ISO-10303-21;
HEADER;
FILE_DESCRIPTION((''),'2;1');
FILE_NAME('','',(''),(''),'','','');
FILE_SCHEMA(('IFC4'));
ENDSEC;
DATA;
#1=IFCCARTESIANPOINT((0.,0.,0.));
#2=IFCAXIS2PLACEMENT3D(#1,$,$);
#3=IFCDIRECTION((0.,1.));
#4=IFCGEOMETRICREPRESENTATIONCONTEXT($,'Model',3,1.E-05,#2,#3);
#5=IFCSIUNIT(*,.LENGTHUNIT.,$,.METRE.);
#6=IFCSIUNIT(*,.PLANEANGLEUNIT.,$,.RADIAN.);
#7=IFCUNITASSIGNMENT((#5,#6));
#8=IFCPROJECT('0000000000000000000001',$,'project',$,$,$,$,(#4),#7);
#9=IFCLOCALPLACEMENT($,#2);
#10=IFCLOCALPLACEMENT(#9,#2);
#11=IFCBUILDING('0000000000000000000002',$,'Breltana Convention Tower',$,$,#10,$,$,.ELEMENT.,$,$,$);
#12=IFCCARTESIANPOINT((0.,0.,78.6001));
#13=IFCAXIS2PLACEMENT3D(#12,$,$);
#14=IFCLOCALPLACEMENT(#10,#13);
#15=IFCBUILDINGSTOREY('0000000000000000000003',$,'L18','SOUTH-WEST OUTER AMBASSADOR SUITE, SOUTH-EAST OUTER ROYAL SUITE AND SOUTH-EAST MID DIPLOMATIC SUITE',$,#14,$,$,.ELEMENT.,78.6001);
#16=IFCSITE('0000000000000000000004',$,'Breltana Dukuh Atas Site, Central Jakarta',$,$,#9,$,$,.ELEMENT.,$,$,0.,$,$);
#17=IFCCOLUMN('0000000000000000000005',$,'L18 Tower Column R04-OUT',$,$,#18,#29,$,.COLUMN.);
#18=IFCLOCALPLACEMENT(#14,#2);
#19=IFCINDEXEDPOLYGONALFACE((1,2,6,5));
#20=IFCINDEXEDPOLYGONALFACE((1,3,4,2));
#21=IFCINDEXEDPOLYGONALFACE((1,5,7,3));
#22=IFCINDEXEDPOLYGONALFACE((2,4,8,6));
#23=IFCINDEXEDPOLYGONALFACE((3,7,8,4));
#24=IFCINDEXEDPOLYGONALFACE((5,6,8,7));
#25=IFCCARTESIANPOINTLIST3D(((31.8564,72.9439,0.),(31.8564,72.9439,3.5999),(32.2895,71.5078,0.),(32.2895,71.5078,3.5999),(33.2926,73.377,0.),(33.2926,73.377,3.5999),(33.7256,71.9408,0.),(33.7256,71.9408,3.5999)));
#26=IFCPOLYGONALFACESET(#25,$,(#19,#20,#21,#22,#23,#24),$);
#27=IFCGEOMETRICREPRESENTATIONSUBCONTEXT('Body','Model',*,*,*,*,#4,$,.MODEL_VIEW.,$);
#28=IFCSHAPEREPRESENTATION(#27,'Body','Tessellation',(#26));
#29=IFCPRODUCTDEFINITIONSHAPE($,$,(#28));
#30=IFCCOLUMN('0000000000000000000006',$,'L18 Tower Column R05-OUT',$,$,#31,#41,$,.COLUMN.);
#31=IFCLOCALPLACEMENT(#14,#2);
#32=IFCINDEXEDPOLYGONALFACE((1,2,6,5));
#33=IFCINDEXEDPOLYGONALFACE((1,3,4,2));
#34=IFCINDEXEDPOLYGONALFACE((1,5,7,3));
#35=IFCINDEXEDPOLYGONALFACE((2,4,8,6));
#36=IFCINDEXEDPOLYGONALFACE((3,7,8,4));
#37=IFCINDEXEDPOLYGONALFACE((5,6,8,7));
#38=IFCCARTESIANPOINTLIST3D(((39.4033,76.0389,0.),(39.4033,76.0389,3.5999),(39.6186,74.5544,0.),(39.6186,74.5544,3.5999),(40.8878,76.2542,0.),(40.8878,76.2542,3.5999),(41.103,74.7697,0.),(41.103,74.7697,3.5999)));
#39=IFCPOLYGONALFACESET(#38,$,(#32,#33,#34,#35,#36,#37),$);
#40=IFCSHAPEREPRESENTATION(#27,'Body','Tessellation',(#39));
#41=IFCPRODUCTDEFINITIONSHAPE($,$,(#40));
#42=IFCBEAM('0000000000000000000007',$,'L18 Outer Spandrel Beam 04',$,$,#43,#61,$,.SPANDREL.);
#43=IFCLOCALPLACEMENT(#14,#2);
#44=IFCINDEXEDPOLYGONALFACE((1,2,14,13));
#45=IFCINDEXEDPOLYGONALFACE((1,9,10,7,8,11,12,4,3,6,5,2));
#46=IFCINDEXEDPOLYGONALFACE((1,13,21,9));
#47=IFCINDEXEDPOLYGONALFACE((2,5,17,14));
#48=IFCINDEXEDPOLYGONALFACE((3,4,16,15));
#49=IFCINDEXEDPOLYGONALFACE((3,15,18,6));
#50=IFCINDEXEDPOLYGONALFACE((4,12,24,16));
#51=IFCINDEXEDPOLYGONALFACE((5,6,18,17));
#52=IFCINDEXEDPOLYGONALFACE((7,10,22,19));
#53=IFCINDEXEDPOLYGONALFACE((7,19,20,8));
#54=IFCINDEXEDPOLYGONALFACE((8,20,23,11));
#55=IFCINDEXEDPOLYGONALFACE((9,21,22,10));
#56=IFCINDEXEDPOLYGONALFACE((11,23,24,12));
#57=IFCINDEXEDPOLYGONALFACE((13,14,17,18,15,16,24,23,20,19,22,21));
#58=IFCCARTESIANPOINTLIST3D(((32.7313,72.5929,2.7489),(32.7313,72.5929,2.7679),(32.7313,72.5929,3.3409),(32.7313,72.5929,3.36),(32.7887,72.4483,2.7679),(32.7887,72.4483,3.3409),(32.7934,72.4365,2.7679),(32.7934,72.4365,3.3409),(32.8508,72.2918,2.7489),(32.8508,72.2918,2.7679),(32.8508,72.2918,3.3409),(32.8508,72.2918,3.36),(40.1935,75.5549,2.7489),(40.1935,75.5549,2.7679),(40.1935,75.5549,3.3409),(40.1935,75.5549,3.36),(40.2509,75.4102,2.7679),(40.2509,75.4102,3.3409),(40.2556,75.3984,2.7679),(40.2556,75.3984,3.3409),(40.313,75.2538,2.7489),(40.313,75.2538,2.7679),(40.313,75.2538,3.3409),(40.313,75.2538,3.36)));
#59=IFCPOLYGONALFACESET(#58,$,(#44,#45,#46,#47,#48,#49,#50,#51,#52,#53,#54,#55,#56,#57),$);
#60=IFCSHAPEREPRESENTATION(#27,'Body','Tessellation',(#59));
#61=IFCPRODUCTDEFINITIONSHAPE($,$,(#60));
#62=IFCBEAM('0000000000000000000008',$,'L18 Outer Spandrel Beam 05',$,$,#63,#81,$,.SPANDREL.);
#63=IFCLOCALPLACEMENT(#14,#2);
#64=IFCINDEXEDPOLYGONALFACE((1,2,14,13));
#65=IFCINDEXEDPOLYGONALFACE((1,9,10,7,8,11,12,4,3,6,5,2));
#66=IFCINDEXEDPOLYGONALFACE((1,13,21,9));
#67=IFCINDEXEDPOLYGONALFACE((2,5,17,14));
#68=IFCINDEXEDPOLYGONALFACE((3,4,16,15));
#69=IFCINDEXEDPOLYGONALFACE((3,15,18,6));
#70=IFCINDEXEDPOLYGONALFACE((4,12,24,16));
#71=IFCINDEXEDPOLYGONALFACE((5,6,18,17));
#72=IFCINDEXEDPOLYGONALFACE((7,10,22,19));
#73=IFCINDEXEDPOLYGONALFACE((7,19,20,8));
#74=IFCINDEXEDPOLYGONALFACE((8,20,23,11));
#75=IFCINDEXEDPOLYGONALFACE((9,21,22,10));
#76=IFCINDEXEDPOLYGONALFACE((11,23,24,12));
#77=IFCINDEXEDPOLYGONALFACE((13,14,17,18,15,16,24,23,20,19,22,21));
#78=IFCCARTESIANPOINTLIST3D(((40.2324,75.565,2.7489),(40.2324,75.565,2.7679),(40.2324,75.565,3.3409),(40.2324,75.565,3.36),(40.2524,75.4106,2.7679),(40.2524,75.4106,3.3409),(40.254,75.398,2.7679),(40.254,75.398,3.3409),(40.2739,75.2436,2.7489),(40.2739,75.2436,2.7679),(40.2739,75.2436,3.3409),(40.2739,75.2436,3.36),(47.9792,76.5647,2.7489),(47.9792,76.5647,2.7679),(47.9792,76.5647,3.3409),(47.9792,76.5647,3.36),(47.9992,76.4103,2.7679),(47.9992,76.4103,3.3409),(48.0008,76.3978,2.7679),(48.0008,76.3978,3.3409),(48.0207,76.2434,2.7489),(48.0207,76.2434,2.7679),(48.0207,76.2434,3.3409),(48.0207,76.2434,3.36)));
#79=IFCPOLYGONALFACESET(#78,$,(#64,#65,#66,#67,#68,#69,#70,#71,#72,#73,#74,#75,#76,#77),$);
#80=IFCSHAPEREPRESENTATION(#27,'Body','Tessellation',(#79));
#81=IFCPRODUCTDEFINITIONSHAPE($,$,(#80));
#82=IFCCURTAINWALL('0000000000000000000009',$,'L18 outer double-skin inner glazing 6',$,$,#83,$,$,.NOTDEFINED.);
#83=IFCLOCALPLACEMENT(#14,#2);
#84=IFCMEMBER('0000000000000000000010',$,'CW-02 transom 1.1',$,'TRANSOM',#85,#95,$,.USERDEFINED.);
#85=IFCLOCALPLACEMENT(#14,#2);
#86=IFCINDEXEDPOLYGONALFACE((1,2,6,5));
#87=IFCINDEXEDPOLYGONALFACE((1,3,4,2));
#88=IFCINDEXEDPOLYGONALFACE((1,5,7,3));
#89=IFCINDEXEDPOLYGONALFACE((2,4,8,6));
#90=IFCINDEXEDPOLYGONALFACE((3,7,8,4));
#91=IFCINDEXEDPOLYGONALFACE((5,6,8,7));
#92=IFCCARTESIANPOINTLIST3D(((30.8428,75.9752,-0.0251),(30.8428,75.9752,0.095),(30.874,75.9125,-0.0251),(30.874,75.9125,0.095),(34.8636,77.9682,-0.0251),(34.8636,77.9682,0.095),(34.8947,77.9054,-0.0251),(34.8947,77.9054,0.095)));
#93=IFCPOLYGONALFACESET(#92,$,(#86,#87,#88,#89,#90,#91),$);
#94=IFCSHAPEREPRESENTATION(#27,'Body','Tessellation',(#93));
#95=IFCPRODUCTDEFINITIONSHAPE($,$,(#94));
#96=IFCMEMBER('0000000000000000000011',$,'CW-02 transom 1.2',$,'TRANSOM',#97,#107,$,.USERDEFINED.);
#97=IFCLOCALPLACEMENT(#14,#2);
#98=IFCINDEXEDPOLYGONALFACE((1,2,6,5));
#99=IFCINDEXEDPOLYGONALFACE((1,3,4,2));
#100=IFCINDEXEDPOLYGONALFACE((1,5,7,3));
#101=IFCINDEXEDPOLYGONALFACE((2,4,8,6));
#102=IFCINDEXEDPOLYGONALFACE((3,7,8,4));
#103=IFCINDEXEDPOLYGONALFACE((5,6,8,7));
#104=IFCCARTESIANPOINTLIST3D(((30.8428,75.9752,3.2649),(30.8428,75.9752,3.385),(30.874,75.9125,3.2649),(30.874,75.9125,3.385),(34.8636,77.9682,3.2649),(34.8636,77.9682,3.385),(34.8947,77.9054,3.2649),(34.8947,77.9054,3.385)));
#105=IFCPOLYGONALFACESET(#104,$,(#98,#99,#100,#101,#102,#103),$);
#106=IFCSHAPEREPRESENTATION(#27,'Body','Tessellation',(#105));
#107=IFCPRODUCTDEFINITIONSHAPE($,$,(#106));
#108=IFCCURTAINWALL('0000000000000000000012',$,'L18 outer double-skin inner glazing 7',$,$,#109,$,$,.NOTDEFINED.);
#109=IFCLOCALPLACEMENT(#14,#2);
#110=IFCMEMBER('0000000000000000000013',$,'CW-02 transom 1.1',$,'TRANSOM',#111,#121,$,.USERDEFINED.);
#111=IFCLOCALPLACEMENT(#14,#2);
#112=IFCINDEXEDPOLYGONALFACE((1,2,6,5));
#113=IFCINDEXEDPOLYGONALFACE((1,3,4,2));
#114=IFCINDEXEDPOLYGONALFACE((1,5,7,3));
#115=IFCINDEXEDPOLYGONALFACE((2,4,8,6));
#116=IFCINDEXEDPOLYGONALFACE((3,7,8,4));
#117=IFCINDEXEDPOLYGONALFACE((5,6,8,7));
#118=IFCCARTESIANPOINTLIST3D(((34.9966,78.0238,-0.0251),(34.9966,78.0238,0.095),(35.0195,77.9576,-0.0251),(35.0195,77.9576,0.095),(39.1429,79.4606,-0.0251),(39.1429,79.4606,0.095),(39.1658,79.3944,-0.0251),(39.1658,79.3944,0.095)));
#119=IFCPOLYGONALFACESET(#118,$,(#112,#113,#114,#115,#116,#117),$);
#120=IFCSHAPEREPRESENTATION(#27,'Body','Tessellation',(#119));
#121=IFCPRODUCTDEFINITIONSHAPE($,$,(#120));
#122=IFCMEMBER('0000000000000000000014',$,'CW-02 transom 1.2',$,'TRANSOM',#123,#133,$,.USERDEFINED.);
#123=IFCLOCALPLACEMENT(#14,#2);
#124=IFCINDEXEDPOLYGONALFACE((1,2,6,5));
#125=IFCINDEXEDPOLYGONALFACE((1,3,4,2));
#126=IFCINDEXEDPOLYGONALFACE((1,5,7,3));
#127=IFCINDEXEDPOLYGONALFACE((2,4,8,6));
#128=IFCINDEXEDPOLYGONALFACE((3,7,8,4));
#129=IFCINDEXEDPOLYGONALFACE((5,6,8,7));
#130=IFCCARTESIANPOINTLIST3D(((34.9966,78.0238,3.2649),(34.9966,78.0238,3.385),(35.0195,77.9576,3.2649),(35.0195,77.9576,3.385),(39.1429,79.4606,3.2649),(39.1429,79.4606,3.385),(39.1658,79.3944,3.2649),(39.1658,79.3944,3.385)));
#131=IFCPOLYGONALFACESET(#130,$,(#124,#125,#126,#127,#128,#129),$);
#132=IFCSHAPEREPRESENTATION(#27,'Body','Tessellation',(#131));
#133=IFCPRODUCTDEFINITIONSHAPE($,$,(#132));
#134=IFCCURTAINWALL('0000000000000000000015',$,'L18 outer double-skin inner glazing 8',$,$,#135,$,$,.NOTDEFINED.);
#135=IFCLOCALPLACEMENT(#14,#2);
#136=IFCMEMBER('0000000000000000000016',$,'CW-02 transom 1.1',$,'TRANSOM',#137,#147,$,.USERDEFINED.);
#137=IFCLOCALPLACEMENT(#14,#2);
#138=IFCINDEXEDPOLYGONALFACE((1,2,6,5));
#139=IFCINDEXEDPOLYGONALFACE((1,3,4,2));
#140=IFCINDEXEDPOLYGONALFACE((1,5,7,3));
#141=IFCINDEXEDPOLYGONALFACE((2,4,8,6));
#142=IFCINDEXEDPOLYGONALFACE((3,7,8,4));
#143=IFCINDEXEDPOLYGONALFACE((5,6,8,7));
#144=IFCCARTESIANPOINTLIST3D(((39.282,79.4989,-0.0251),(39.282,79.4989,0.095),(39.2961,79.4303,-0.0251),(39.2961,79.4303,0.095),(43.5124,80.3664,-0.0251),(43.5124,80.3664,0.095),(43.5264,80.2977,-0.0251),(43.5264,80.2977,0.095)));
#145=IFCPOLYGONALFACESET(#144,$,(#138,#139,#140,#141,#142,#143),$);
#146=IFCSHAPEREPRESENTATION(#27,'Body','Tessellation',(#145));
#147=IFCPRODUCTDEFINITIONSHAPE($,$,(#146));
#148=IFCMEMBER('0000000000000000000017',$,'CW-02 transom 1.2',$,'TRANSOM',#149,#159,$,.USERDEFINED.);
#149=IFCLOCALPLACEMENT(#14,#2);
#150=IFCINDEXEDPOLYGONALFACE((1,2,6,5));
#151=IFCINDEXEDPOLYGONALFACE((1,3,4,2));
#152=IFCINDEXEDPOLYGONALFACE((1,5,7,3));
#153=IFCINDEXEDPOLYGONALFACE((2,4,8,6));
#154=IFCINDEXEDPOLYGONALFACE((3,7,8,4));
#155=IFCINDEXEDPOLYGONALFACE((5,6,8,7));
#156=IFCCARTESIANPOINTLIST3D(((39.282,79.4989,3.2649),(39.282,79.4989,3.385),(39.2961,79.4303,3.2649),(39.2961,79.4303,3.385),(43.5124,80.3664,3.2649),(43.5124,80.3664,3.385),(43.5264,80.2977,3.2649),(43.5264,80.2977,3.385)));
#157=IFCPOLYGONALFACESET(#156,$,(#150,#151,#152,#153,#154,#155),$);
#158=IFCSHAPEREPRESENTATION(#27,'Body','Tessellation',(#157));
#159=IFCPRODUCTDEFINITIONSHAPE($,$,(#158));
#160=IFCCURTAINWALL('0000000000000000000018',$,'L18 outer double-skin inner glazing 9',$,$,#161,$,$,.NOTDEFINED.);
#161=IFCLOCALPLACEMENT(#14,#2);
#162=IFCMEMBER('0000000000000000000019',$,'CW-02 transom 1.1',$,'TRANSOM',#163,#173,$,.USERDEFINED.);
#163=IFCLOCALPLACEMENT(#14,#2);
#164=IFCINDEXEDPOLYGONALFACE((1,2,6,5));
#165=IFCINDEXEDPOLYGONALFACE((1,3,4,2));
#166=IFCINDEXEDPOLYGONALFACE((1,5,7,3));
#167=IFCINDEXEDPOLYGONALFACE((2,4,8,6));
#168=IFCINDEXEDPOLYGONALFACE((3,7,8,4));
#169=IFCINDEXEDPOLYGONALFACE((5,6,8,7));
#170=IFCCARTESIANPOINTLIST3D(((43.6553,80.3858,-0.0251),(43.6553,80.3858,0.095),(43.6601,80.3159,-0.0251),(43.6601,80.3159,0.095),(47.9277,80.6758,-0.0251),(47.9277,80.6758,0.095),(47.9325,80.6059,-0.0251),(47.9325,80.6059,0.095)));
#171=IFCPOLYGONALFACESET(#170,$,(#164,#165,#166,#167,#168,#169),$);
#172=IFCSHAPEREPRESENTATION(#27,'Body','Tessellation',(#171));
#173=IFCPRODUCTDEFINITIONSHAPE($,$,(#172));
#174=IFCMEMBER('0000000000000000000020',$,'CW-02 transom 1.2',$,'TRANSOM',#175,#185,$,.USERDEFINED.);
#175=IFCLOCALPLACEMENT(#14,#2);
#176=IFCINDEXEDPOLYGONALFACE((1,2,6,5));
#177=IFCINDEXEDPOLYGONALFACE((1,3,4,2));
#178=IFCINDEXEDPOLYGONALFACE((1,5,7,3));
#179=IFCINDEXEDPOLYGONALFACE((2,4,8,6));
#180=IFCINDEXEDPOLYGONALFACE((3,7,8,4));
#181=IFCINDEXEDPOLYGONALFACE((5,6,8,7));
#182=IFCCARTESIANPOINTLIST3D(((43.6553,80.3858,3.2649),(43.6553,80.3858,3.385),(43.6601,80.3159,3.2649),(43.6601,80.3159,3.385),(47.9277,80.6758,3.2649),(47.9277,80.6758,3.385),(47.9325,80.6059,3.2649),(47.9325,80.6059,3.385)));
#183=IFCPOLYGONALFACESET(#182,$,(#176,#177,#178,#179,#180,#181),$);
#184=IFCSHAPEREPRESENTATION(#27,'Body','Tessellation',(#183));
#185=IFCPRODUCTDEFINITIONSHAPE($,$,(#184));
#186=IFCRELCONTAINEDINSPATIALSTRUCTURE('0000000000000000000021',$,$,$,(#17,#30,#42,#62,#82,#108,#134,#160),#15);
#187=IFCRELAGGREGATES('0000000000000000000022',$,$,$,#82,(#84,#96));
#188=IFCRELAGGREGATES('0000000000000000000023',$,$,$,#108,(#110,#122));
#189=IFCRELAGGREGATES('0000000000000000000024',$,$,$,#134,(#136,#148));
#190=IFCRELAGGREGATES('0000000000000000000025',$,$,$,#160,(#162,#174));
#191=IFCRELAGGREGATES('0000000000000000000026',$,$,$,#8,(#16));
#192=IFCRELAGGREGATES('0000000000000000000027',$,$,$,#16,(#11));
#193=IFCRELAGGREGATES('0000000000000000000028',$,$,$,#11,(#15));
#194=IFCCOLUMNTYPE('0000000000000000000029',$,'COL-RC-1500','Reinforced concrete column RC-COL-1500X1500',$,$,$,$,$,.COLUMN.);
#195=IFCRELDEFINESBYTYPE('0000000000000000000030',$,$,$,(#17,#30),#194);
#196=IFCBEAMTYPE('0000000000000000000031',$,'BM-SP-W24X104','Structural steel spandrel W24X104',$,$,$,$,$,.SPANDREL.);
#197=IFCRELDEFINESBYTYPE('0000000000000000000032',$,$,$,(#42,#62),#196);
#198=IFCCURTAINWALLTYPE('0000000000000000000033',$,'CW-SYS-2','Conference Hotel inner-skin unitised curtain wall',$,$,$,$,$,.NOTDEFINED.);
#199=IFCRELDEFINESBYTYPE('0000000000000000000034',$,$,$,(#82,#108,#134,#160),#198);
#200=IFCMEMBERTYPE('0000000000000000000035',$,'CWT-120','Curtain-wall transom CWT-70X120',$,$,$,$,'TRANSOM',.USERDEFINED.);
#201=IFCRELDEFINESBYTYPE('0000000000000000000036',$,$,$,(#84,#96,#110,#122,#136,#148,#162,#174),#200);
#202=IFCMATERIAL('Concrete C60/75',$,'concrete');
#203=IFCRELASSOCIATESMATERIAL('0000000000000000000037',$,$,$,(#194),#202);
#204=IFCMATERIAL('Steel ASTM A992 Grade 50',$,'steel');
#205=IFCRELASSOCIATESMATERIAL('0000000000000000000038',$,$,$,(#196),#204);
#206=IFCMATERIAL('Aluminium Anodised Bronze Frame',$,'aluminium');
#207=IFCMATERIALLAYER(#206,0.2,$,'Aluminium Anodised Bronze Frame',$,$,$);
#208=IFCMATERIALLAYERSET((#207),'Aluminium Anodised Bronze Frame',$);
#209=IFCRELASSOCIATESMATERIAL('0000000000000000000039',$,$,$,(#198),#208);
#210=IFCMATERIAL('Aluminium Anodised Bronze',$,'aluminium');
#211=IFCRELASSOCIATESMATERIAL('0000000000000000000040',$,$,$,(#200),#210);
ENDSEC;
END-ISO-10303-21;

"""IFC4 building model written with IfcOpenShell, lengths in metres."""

from ifc_helpers import new_model, si_unit, direction, frame, origin, origin_2d, place, context, subcontext, project, spatial, rectangle, i_section, extrude, source, transform, mapped, material, layer, layer_set, material_profile, profile_set, type_object, element, aggregate, save


model = new_model("IFC4")

# Units and contexts
model_context = context("Model", 3, precision=1e-05, world=origin(), true_north=direction((0.0, 1.0)))
body_context = subcontext(model_context, "Body", "Model", "MODEL_VIEW")
ifc_project = project(units=[si_unit("LENGTHUNIT", "METRE"), si_unit("PLANEANGLEUNIT", "RADIAN")], contexts=[model_context])

# Site, building, storey
site_placement = place(None, origin())
site = spatial("IfcSite", under=ifc_project, at=site_placement, Name="Breltana Dukuh Atas Site, Central Jakarta", CompositionType="ELEMENT", RefElevation=0.0)
building_placement = place(site_placement, origin())
building = spatial("IfcBuilding", under=site, at=building_placement, Name="Breltana Convention Tower", CompositionType="ELEMENT")
storey_placement = place(building_placement, frame((0.0, 0.0, 78.6001)))
storey = spatial("IfcBuildingStorey", under=building, at=storey_placement, Name="L18", Description="SOUTH-WEST OUTER AMBASSADOR SUITE, SOUTH-EAST OUTER ROYAL SUITE AND SOUTH-EAST MID DIPLOMATIC SUITE", CompositionType="ELEMENT", Elevation=78.6001)

# Columns
ifc_material_1 = material(Name="Concrete C60/75", Category="concrete")
ifc_material_profile_1 = material_profile(ifc_material_1, rectangle(XDim=1.5, YDim=1.5, at=origin_2d()), Name="RC-COL-1500X1500")
ifc_profile_set_1 = profile_set([ifc_material_profile_1], Name="Concrete C60/75")
column_type = type_object("IfcColumnType", Name="COL-RC-1500", Description="Reinforced concrete column RC-COL-1500X1500", PredefinedType="COLUMN", material=ifc_profile_set_1)
shared_shape_1 = source(origin(), body_context, "Body", "SweptSolid", [
    extrude(rectangle(XDim=1.5, YDim=1.5, at=origin_2d()), origin(), (0.0, 0.0, 1.0), 3.5999),
])
for number, where, z_axis, x_axis, name in (
    (1, (32.791, 72.4424, 0.0), (0.0, 0.0, 1.0), (-0.288698, 0.95742, 0.0), "L18 Tower Column R04-OUT"),
    (2, (40.2532, 75.4043, 0.0), (0.0, 0.0, 1.0), (-0.143493, 0.989651, 0.0), "L18 Tower Column R05-OUT"),
):
    element("IfcColumn", number, at=place(storey_placement, frame(where, z_axis=z_axis, x_axis=x_axis)), inside=storey, type_object=column_type, Name=name, PredefinedType="COLUMN", context=body_context, shape_type="MappedRepresentation", body=[
        mapped(shared_shape_1, transform((0.0, 0.0, 0.0), scale=1.0)),
    ])

# Beams
ifc_material_2 = material(Name="Steel ASTM A992 Grade 50", Category="steel")
ifc_material_profile_2 = material_profile(ifc_material_2, i_section(OverallWidth=0.324, OverallDepth=0.6111, WebThickness=0.0127, FlangeThickness=0.019, at=origin_2d()), Name="W24X104")
ifc_profile_set_2 = profile_set([ifc_material_profile_2], Name="Steel ASTM A992 Grade 50")
beam_type = type_object("IfcBeamType", Name="BM-SP-W24X104", Description="Structural steel spandrel W24X104", PredefinedType="SPANDREL", material=ifc_profile_set_2)
shared_shape_2 = source(origin(), body_context, "Body", "SweptSolid", [
    extrude(i_section(OverallWidth=0.324, OverallDepth=0.6111, WebThickness=0.0127, FlangeThickness=0.019, at=origin_2d()), origin(), (0.0, 0.0, 1.0), 8.0286),
])
beam_1_placement = place(storey_placement, frame((32.791, 72.4424, 3.0544), z_axis=(0.929459, 0.368925, 0.0), x_axis=(-0.368925, 0.929459, 0.0)))
element("IfcBeam", 3, at=beam_1_placement, inside=storey, type_object=beam_type, Name="L18 Outer Spandrel Beam 04", PredefinedType="SPANDREL", context=body_context, shape_type="MappedRepresentation", body=[
    mapped(shared_shape_2, transform((0.0, 0.0, 0.0), scale=1.0)),
])
shared_shape_3 = source(origin(), body_context, "Body", "SweptSolid", [
    extrude(i_section(OverallWidth=0.324, OverallDepth=0.6111, WebThickness=0.0127, FlangeThickness=0.019, at=origin_2d()), origin(), (0.0, 0.0, 1.0), 7.811),
])
beam_2_placement = place(storey_placement, frame((40.2532, 75.4043, 3.0544), z_axis=(0.991775, 0.127992, 0.0), x_axis=(-0.127992, 0.991775, 0.0)))
element("IfcBeam", 4, at=beam_2_placement, inside=storey, type_object=beam_type, Name="L18 Outer Spandrel Beam 05", PredefinedType="SPANDREL", context=body_context, shape_type="MappedRepresentation", body=[
    mapped(shared_shape_3, transform((0.0, 0.0, 0.0), scale=1.0)),
])

# Curtain walls, members
ifc_material_3 = material(Name="Aluminium Anodised Bronze Frame", Category="aluminium")
ifc_layer_1 = layer(ifc_material_3, 0.2, Name="Aluminium Anodised Bronze Frame")
ifc_layer_set_1 = layer_set([ifc_layer_1], Name="Aluminium Anodised Bronze Frame")
curtain_wall_type = type_object("IfcCurtainWallType", Name="CW-SYS-2", Description="Conference Hotel inner-skin unitised curtain wall", PredefinedType="NOTDEFINED", material=ifc_layer_set_1)
curtain_wall_1_placement = place(storey_placement, origin())
curtain_wall_1 = element("IfcCurtainWall", 5, at=curtain_wall_1_placement, inside=storey, type_object=curtain_wall_type, Name="L18 outer double-skin inner glazing 6", PredefinedType="NOTDEFINED")
ifc_material_4 = material(Name="Aluminium Anodised Bronze", Category="aluminium")
ifc_material_profile_3 = material_profile(ifc_material_4, rectangle(XDim=0.0701, YDim=0.1201, at=origin_2d()), Name="CWT-70X120")
ifc_profile_set_3 = profile_set([ifc_material_profile_3], Name="Aluminium Anodised Bronze")
member_type_1 = type_object("IfcMemberType", Name="CWT-120", Description="Curtain-wall transom CWT-70X120", ElementType="TRANSOM", PredefinedType="USERDEFINED", material=ifc_profile_set_3)
shared_shape_4 = source(origin(), body_context, "Body", "SweptSolid", [
    extrude(rectangle(XDim=0.0701, YDim=0.1201, at=origin_2d()), origin(), (0.0, 0.0, 1.0), 4.4875),
])
member_1_placement = place(storey_placement, frame((30.8584, 75.9438, 0.0349), z_axis=(0.895978, 0.444099, 0.0), x_axis=(-0.444099, 0.895978, 0.0)))
member_1 = element("IfcMember", 6, at=member_1_placement, type_object=member_type_1, Name="CW-02 transom 1.1", ObjectType="TRANSOM", PredefinedType="USERDEFINED", context=body_context, shape_type="MappedRepresentation", body=[
    mapped(shared_shape_4, transform((0.0, 0.0, 0.0), scale=1.0)),
])
member_2_placement = place(storey_placement, frame((30.8584, 75.9438, 3.325), z_axis=(0.895978, 0.444099, 0.0), x_axis=(-0.444099, 0.895978, 0.0)))
member_2 = element("IfcMember", 7, at=member_2_placement, type_object=member_type_1, Name="CW-02 transom 1.2", ObjectType="TRANSOM", PredefinedType="USERDEFINED", context=body_context, shape_type="MappedRepresentation", body=[
    mapped(shared_shape_4, transform((0.0, 0.0, 0.0), scale=1.0)),
])
curtain_wall_2_placement = place(storey_placement, origin())
curtain_wall_2 = element("IfcCurtainWall", 8, at=curtain_wall_2_placement, inside=storey, type_object=curtain_wall_type, Name="L18 outer double-skin inner glazing 7", PredefinedType="NOTDEFINED")
shared_shape_5 = source(origin(), body_context, "Body", "SweptSolid", [
    extrude(rectangle(XDim=0.0701, YDim=0.1201, at=origin_2d()), origin(), (0.0, 0.0, 1.0), 4.3882),
])
member_3_placement = place(storey_placement, frame((35.0081, 77.9907, 0.0349), z_axis=(0.944878, 0.327422, 0.0), x_axis=(-0.327422, 0.944878, 0.0)))
member_3 = element("IfcMember", 9, at=member_3_placement, type_object=member_type_1, Name="CW-02 transom 1.1", ObjectType="TRANSOM", PredefinedType="USERDEFINED", context=body_context, shape_type="MappedRepresentation", body=[
    mapped(shared_shape_5, transform((0.0, 0.0, 0.0), scale=1.0)),
])
member_4_placement = place(storey_placement, frame((35.0081, 77.9907, 3.325), z_axis=(0.944878, 0.327422, 0.0), x_axis=(-0.327422, 0.944878, 0.0)))
member_4 = element("IfcMember", 10, at=member_4_placement, type_object=member_type_1, Name="CW-02 transom 1.2", ObjectType="TRANSOM", PredefinedType="USERDEFINED", context=body_context, shape_type="MappedRepresentation", body=[
    mapped(shared_shape_5, transform((0.0, 0.0, 0.0), scale=1.0)),
])
curtain_wall_3_placement = place(storey_placement, origin())
curtain_wall_3 = element("IfcCurtainWall", 11, at=curtain_wall_3_placement, inside=storey, type_object=curtain_wall_type, Name="L18 outer double-skin inner glazing 8", PredefinedType="NOTDEFINED")
shared_shape_6 = source(origin(), body_context, "Body", "SweptSolid", [
    extrude(rectangle(XDim=0.0701, YDim=0.1201, at=origin_2d()), origin(), (0.0, 0.0, 1.0), 4.3184),
])
member_5_placement = place(storey_placement, frame((39.2891, 79.4646, 0.0349), z_axis=(0.979617, 0.200876, 0.0), x_axis=(-0.200876, 0.979617, 0.0)))
member_5 = element("IfcMember", 12, at=member_5_placement, type_object=member_type_1, Name="CW-02 transom 1.1", ObjectType="TRANSOM", PredefinedType="USERDEFINED", context=body_context, shape_type="MappedRepresentation", body=[
    mapped(shared_shape_6, transform((0.0, 0.0, 0.0), scale=1.0)),
])
member_6_placement = place(storey_placement, frame((39.2891, 79.4646, 3.325), z_axis=(0.979617, 0.200876, 0.0), x_axis=(-0.200876, 0.979617, 0.0)))
member_6 = element("IfcMember", 13, at=member_6_placement, type_object=member_type_1, Name="CW-02 transom 1.2", ObjectType="TRANSOM", PredefinedType="USERDEFINED", context=body_context, shape_type="MappedRepresentation", body=[
    mapped(shared_shape_6, transform((0.0, 0.0, 0.0), scale=1.0)),
])
curtain_wall_4_placement = place(storey_placement, origin())
curtain_wall_4 = element("IfcCurtainWall", 14, at=curtain_wall_4_placement, inside=storey, type_object=curtain_wall_type, Name="L18 outer double-skin inner glazing 9", PredefinedType="NOTDEFINED")
shared_shape_7 = source(origin(), body_context, "Body", "SweptSolid", [
    extrude(rectangle(XDim=0.0701, YDim=0.1201, at=origin_2d()), origin(), (0.0, 0.0, 1.0), 4.2822),
])
member_7_placement = place(storey_placement, frame((43.6577, 80.3508, 0.0349), z_axis=(0.997704, 0.06773, 0.0), x_axis=(-0.06773, 0.997704, 0.0)))
member_7 = element("IfcMember", 15, at=member_7_placement, type_object=member_type_1, Name="CW-02 transom 1.1", ObjectType="TRANSOM", PredefinedType="USERDEFINED", context=body_context, shape_type="MappedRepresentation", body=[
    mapped(shared_shape_7, transform((0.0, 0.0, 0.0), scale=1.0)),
])
member_8_placement = place(storey_placement, frame((43.6577, 80.3508, 3.325), z_axis=(0.997704, 0.06773, 0.0), x_axis=(-0.06773, 0.997704, 0.0)))
member_8 = element("IfcMember", 16, at=member_8_placement, type_object=member_type_1, Name="CW-02 transom 1.2", ObjectType="TRANSOM", PredefinedType="USERDEFINED", context=body_context, shape_type="MappedRepresentation", body=[
    mapped(shared_shape_7, transform((0.0, 0.0, 0.0), scale=1.0)),
])

aggregate(curtain_wall_1, [member_1, member_2])
aggregate(curtain_wall_2, [member_3, member_4])
aggregate(curtain_wall_3, [member_5, member_6])
aggregate(curtain_wall_4, [member_7, member_8])

save(model, "model.ifc")
